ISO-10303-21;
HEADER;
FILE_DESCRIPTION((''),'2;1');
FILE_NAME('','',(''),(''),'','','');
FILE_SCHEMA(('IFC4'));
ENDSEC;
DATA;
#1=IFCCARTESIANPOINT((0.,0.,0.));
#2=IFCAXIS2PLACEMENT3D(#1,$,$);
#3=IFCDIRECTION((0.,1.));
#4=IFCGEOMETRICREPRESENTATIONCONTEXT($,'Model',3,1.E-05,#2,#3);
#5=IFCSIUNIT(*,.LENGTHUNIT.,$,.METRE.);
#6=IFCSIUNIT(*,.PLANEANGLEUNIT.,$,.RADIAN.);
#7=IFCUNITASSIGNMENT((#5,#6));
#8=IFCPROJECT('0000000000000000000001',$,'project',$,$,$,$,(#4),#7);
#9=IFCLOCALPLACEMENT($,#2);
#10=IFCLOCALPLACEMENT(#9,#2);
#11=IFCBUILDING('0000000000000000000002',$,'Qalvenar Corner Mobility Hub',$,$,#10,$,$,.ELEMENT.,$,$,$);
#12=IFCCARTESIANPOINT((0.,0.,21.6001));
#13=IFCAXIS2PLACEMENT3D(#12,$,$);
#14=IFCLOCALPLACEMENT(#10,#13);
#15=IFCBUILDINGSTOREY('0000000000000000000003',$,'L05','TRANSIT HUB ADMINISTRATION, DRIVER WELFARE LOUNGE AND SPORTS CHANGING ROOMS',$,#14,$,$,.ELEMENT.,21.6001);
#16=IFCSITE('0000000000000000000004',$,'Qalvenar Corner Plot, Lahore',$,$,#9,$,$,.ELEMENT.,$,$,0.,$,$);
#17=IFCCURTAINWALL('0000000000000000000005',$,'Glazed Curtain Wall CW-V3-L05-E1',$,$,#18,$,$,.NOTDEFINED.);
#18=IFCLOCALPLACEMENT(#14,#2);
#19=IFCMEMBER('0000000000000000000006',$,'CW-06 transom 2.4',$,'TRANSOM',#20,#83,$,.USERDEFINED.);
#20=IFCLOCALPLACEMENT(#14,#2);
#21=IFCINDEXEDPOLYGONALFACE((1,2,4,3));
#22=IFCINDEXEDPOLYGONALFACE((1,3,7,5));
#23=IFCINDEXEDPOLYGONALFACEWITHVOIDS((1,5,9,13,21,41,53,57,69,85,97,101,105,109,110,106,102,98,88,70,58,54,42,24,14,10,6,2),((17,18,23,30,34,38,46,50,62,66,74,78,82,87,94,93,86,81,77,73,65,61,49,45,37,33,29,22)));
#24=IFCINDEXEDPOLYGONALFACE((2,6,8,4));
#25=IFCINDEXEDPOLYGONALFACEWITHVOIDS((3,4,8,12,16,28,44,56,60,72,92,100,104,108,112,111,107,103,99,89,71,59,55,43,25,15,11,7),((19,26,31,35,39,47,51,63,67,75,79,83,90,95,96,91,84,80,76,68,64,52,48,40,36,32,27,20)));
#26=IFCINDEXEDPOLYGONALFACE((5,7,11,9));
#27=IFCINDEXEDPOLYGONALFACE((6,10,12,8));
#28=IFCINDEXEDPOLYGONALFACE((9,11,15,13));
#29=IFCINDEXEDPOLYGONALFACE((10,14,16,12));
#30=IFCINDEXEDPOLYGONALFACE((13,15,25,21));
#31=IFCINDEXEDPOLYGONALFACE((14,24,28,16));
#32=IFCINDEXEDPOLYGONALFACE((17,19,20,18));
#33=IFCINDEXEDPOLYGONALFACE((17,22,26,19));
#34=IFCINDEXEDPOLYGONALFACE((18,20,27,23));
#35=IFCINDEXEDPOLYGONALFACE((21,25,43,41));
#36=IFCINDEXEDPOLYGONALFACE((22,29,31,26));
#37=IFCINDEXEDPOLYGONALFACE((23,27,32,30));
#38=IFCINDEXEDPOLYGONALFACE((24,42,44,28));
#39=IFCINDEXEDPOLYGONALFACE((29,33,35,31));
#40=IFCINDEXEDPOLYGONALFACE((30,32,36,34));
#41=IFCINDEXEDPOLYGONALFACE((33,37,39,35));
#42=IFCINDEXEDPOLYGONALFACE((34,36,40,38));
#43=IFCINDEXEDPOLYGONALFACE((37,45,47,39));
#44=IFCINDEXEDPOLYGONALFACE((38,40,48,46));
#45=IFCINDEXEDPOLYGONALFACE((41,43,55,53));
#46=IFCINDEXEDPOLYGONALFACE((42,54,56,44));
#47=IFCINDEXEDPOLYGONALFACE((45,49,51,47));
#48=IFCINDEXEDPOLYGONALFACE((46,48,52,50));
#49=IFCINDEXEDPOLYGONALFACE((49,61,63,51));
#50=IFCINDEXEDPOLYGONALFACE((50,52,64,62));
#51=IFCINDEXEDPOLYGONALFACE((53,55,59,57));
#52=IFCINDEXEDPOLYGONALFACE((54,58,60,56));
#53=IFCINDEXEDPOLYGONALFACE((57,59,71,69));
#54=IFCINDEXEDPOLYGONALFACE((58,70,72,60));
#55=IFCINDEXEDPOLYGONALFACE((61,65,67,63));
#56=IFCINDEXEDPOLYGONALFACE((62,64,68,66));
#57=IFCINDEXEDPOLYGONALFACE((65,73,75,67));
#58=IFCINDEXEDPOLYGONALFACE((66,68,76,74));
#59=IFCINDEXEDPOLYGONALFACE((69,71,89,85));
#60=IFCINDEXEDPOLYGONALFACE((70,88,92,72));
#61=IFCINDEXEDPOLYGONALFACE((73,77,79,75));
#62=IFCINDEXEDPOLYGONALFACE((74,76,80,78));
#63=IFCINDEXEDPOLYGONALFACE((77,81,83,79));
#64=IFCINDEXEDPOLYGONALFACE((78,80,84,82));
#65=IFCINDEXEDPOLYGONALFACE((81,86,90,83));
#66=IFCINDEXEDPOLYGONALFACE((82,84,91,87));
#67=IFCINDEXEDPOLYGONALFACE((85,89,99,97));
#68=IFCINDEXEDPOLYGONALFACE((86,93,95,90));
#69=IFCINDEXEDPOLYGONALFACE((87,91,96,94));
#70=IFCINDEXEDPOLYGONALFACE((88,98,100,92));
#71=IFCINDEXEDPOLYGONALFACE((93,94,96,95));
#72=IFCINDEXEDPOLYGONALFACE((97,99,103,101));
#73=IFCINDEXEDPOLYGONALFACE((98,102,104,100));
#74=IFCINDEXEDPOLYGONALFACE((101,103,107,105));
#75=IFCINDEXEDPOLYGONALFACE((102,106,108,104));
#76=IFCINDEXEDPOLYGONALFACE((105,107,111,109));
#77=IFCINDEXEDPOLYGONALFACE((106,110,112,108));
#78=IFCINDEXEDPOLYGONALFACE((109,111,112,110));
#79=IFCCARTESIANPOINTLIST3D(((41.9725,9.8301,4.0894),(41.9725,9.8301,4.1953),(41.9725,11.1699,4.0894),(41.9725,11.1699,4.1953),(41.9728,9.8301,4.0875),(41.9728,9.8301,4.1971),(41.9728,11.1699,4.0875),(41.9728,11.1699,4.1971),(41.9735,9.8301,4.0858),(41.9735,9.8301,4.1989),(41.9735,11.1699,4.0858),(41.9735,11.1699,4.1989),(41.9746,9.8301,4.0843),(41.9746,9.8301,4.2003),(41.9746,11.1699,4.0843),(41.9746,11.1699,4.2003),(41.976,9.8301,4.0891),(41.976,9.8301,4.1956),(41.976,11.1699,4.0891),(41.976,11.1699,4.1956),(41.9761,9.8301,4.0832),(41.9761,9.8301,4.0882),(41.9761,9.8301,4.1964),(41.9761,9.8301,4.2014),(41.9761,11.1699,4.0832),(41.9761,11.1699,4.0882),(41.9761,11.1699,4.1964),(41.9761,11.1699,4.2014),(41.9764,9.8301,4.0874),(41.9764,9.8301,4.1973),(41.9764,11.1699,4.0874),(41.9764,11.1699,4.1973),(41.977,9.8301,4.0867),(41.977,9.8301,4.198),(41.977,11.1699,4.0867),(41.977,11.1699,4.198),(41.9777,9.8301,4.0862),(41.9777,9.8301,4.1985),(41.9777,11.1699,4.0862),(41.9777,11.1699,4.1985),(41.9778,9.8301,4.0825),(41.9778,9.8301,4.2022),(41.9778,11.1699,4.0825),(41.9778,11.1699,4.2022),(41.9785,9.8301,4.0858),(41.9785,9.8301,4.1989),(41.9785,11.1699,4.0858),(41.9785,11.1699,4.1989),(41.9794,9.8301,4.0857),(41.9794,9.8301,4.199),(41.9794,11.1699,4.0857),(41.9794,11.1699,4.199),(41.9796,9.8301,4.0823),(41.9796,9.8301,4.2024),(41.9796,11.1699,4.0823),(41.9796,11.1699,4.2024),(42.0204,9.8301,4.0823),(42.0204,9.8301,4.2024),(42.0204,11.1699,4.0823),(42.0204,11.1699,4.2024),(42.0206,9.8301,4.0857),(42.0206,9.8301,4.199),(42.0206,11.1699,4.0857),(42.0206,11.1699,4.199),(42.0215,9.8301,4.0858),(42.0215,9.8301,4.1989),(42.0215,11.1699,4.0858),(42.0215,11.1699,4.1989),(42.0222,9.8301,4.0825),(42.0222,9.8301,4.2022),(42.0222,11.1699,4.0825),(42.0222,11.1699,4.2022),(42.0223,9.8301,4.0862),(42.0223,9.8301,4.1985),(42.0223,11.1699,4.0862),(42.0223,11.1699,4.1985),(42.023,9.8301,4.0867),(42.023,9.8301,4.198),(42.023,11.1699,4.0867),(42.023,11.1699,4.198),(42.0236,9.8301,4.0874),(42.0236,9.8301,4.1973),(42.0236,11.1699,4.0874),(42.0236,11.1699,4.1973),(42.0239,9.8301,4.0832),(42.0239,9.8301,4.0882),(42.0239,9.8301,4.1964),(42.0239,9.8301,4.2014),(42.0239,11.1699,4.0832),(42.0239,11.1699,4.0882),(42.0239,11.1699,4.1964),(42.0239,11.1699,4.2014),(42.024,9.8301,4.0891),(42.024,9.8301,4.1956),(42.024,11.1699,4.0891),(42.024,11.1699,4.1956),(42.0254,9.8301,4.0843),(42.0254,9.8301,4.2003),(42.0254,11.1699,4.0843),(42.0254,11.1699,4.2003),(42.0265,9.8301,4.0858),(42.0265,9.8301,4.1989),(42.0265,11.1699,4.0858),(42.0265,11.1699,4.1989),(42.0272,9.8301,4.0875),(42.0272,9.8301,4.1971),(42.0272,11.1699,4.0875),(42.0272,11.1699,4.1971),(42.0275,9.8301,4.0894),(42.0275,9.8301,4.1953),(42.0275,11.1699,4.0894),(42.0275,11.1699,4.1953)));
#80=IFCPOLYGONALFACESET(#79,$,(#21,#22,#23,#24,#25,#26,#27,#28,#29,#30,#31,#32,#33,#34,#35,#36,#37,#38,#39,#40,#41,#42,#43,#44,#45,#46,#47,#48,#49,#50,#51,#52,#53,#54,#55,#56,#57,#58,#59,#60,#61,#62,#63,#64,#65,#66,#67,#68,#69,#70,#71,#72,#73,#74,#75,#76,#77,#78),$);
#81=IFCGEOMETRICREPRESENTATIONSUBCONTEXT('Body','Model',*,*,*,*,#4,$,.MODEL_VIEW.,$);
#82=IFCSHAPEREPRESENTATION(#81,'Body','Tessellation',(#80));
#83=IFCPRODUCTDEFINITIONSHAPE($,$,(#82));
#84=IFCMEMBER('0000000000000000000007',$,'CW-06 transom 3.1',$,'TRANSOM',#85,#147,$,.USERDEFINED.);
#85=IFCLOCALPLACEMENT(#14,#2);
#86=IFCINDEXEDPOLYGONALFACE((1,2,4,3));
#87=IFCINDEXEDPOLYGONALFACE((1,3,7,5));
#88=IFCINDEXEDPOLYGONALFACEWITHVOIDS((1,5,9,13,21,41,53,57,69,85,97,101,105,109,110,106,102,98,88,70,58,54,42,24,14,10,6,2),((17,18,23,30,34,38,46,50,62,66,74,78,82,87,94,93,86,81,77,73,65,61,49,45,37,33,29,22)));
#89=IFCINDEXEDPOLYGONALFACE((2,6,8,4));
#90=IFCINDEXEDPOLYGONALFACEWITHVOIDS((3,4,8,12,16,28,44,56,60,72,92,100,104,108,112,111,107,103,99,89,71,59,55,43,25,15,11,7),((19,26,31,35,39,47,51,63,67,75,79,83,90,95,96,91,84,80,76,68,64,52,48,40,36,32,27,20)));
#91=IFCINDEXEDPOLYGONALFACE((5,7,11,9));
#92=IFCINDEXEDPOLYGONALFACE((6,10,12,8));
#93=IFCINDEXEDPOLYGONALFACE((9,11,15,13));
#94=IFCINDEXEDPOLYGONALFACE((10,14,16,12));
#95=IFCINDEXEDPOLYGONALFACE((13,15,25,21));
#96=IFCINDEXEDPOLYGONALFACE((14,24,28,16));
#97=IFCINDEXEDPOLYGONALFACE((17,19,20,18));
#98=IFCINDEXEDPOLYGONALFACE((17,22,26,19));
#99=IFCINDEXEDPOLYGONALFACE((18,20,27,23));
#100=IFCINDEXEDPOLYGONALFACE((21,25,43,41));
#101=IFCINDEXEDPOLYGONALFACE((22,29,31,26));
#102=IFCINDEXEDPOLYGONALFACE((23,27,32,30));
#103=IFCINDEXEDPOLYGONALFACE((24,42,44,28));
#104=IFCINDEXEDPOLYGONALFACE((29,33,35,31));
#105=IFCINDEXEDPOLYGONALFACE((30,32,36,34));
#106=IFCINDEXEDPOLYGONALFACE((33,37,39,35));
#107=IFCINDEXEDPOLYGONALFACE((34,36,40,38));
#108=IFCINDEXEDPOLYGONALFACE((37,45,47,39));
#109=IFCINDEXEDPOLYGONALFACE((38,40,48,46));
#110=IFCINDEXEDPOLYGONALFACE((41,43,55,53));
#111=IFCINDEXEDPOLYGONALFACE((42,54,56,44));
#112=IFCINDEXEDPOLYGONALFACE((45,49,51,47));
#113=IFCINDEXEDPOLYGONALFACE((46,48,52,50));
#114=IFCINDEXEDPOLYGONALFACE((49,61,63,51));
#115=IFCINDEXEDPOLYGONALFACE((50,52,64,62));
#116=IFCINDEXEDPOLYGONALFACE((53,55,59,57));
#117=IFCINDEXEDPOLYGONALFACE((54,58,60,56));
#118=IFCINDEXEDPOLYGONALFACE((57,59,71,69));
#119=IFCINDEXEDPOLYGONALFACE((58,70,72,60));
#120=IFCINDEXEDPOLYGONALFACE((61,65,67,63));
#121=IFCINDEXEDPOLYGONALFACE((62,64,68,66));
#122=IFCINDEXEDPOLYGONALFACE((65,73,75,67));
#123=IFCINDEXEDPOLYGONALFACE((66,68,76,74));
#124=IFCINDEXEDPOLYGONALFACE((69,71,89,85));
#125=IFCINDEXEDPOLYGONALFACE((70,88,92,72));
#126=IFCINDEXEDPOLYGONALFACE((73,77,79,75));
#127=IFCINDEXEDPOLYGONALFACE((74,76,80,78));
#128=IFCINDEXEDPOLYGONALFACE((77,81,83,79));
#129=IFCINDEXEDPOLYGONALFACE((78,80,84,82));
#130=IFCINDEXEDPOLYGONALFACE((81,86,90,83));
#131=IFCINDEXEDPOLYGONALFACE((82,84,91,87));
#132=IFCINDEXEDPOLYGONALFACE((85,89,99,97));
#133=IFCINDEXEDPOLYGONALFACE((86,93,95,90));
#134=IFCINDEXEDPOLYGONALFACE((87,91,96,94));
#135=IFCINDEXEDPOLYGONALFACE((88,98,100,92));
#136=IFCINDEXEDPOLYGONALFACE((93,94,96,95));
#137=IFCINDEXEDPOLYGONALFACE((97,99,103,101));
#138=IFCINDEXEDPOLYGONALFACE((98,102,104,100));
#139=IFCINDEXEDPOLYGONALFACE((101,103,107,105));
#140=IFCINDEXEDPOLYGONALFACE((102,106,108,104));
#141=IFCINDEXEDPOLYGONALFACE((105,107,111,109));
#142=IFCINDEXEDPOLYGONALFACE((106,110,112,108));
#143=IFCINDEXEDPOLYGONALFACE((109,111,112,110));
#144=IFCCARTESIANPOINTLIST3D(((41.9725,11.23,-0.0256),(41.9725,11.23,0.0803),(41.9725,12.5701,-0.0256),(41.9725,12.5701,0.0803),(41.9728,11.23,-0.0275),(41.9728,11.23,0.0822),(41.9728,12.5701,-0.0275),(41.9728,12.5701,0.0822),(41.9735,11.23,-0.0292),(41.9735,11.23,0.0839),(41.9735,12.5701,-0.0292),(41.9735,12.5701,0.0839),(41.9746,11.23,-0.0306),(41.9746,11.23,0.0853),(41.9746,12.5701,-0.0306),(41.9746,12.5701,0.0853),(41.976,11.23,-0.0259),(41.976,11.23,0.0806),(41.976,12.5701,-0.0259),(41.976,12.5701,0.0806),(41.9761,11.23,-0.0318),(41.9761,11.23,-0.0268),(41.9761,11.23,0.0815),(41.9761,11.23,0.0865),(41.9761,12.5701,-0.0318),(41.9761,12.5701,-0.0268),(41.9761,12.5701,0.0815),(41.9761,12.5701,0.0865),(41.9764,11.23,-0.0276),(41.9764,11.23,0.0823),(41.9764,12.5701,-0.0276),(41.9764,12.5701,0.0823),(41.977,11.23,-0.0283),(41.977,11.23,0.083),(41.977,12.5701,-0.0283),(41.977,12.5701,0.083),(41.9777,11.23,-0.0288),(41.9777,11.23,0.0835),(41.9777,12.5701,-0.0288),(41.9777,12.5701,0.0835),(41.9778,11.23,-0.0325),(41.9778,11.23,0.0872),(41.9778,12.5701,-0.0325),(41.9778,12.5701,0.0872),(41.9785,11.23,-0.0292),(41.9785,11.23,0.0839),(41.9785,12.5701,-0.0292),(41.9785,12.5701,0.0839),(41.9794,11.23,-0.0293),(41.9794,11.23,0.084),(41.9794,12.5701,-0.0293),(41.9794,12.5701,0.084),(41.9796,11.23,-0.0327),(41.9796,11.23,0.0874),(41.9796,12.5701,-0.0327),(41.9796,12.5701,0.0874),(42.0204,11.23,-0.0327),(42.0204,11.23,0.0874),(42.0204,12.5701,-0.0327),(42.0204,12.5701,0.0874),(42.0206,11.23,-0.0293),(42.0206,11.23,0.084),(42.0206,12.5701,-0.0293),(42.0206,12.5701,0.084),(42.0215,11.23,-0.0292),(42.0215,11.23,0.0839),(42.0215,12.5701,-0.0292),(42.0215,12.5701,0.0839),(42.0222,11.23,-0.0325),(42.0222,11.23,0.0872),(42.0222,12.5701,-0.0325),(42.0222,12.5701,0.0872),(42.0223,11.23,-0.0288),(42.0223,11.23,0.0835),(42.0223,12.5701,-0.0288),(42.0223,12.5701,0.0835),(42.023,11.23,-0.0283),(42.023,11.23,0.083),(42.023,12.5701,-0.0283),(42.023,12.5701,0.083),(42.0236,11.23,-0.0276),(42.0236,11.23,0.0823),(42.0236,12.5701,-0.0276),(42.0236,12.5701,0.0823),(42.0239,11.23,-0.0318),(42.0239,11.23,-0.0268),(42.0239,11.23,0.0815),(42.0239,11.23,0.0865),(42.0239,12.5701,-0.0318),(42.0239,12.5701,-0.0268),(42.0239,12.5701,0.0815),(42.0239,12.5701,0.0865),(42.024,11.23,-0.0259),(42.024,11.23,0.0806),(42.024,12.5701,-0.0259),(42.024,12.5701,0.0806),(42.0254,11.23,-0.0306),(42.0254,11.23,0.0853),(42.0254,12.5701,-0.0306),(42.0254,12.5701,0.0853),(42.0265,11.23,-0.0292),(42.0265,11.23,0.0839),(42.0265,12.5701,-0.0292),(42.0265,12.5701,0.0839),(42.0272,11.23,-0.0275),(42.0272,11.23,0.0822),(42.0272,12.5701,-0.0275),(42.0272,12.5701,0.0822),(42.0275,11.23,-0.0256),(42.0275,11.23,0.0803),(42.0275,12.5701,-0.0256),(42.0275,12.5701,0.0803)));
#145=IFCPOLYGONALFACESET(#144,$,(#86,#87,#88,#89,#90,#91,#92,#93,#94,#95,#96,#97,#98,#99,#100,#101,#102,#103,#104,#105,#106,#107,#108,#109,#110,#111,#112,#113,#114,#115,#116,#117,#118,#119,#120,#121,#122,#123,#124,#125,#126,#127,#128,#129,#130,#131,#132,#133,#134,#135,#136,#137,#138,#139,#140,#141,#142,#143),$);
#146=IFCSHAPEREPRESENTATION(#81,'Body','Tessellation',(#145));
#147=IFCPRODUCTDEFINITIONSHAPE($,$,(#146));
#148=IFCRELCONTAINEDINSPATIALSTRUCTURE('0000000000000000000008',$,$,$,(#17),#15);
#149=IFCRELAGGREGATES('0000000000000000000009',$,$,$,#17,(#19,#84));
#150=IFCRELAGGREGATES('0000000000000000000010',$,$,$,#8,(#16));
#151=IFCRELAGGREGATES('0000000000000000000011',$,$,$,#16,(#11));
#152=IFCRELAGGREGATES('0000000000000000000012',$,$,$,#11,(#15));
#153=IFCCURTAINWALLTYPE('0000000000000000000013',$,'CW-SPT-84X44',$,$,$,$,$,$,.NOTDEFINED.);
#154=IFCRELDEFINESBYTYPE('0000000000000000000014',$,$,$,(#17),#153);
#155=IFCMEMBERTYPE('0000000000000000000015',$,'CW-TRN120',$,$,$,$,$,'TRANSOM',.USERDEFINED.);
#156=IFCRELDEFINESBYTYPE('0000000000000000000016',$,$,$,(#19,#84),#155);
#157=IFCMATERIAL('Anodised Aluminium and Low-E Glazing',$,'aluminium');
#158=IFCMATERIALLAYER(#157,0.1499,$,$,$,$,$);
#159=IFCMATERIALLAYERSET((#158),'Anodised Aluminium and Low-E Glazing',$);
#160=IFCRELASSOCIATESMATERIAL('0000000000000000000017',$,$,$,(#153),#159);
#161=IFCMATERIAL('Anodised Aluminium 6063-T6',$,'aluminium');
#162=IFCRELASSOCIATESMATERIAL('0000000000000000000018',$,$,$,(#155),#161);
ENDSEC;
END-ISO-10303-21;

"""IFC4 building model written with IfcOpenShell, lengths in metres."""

from ifc_helpers import new_model, si_unit, direction, frame, origin, origin_2d, place, context, subcontext, project, spatial, hollow_rectangle, extrude, material, layer, layer_set, material_profile, profile_set, type_object, element, aggregate, save


model = new_model("IFC4")

# Units and contexts
model_context = context("Model", 3, precision=1e-05, world=origin(), true_north=direction((0.0, 1.0)))
body_context = subcontext(model_context, "Body", "Model", "MODEL_VIEW")
ifc_project = project(units=[si_unit("LENGTHUNIT", "METRE"), si_unit("PLANEANGLEUNIT", "RADIAN")], contexts=[model_context])

# Site, building, storey
site_placement = place(None, origin())
site = spatial("IfcSite", under=ifc_project, at=site_placement, Name="Qalvenar Corner Plot, Lahore", CompositionType="ELEMENT", RefElevation=0.0)
building_placement = place(site_placement, origin())
building = spatial("IfcBuilding", under=site, at=building_placement, Name="Qalvenar Corner Mobility Hub", CompositionType="ELEMENT")
storey_placement = place(building_placement, frame((0.0, 0.0, 21.6001)))
storey = spatial("IfcBuildingStorey", under=building, at=storey_placement, Name="L05", Description="TRANSIT HUB ADMINISTRATION, DRIVER WELFARE LOUNGE AND SPORTS CHANGING ROOMS", CompositionType="ELEMENT", Elevation=21.6001)

# Curtain wall, members
ifc_material_1 = material(Name="Anodised Aluminium and Low-E Glazing", Category="aluminium")
ifc_layer_1 = layer(ifc_material_1, 0.1499)
ifc_layer_set_1 = layer_set([ifc_layer_1], Name="Anodised Aluminium and Low-E Glazing")
curtain_wall_type = type_object("IfcCurtainWallType", Name="CW-SPT-84X44", PredefinedType="NOTDEFINED", material=ifc_layer_set_1)
curtain_wall_placement = place(storey_placement, origin())
curtain_wall = element("IfcCurtainWall", 1, at=curtain_wall_placement, inside=storey, type_object=curtain_wall_type, Name="Glazed Curtain Wall CW-V3-L05-E1", PredefinedType="NOTDEFINED")
ifc_material_2 = material(Name="Anodised Aluminium 6063-T6", Category="aluminium")
ifc_material_profile_1 = material_profile(ifc_material_2, hollow_rectangle(XDim=0.0549, YDim=0.1201, WallThickness=0.0034, InnerFilletRadius=0.0034, OuterFilletRadius=0.0071, at=origin_2d()), Name="RHS120x55x3.5")
ifc_profile_set_1 = profile_set([ifc_material_profile_1], Name="Anodised Aluminium 6063-T6")
member_type_1 = type_object("IfcMemberType", Name="CW-TRN120", ElementType="TRANSOM", PredefinedType="USERDEFINED", material=ifc_profile_set_1)
member_1_placement = place(storey_placement, frame((42.0, 9.8301, 4.1423), z_axis=(0.0, 1.0, 0.0), x_axis=(-1.0, 0.0, 0.0)))
member_1 = element("IfcMember", 2, at=member_1_placement, type_object=member_type_1, Name="CW-06 transom 2.4", ObjectType="TRANSOM", PredefinedType="USERDEFINED", context=body_context, shape_type="SweptSolid", body=[
    extrude(hollow_rectangle(XDim=0.0549, YDim=0.1201, WallThickness=0.0034, InnerFilletRadius=0.0034, OuterFilletRadius=0.0071, at=origin_2d()), origin(), (0.0, 0.0, 1.0), 1.3398),
])
member_2_placement = place(storey_placement, frame((42.0, 11.23, 0.0273), z_axis=(0.0, 1.0, 0.0), x_axis=(-1.0, 0.0, 0.0)))
member_2 = element("IfcMember", 3, at=member_2_placement, type_object=member_type_1, Name="CW-06 transom 3.1", ObjectType="TRANSOM", PredefinedType="USERDEFINED", context=body_context, shape_type="SweptSolid", body=[
    extrude(hollow_rectangle(XDim=0.0549, YDim=0.1201, WallThickness=0.0034, InnerFilletRadius=0.0034, OuterFilletRadius=0.0071, at=origin_2d()), origin(), (0.0, 0.0, 1.0), 1.3401),
])
aggregate(curtain_wall, [member_1, member_2])

save(model, "model.ifc")
